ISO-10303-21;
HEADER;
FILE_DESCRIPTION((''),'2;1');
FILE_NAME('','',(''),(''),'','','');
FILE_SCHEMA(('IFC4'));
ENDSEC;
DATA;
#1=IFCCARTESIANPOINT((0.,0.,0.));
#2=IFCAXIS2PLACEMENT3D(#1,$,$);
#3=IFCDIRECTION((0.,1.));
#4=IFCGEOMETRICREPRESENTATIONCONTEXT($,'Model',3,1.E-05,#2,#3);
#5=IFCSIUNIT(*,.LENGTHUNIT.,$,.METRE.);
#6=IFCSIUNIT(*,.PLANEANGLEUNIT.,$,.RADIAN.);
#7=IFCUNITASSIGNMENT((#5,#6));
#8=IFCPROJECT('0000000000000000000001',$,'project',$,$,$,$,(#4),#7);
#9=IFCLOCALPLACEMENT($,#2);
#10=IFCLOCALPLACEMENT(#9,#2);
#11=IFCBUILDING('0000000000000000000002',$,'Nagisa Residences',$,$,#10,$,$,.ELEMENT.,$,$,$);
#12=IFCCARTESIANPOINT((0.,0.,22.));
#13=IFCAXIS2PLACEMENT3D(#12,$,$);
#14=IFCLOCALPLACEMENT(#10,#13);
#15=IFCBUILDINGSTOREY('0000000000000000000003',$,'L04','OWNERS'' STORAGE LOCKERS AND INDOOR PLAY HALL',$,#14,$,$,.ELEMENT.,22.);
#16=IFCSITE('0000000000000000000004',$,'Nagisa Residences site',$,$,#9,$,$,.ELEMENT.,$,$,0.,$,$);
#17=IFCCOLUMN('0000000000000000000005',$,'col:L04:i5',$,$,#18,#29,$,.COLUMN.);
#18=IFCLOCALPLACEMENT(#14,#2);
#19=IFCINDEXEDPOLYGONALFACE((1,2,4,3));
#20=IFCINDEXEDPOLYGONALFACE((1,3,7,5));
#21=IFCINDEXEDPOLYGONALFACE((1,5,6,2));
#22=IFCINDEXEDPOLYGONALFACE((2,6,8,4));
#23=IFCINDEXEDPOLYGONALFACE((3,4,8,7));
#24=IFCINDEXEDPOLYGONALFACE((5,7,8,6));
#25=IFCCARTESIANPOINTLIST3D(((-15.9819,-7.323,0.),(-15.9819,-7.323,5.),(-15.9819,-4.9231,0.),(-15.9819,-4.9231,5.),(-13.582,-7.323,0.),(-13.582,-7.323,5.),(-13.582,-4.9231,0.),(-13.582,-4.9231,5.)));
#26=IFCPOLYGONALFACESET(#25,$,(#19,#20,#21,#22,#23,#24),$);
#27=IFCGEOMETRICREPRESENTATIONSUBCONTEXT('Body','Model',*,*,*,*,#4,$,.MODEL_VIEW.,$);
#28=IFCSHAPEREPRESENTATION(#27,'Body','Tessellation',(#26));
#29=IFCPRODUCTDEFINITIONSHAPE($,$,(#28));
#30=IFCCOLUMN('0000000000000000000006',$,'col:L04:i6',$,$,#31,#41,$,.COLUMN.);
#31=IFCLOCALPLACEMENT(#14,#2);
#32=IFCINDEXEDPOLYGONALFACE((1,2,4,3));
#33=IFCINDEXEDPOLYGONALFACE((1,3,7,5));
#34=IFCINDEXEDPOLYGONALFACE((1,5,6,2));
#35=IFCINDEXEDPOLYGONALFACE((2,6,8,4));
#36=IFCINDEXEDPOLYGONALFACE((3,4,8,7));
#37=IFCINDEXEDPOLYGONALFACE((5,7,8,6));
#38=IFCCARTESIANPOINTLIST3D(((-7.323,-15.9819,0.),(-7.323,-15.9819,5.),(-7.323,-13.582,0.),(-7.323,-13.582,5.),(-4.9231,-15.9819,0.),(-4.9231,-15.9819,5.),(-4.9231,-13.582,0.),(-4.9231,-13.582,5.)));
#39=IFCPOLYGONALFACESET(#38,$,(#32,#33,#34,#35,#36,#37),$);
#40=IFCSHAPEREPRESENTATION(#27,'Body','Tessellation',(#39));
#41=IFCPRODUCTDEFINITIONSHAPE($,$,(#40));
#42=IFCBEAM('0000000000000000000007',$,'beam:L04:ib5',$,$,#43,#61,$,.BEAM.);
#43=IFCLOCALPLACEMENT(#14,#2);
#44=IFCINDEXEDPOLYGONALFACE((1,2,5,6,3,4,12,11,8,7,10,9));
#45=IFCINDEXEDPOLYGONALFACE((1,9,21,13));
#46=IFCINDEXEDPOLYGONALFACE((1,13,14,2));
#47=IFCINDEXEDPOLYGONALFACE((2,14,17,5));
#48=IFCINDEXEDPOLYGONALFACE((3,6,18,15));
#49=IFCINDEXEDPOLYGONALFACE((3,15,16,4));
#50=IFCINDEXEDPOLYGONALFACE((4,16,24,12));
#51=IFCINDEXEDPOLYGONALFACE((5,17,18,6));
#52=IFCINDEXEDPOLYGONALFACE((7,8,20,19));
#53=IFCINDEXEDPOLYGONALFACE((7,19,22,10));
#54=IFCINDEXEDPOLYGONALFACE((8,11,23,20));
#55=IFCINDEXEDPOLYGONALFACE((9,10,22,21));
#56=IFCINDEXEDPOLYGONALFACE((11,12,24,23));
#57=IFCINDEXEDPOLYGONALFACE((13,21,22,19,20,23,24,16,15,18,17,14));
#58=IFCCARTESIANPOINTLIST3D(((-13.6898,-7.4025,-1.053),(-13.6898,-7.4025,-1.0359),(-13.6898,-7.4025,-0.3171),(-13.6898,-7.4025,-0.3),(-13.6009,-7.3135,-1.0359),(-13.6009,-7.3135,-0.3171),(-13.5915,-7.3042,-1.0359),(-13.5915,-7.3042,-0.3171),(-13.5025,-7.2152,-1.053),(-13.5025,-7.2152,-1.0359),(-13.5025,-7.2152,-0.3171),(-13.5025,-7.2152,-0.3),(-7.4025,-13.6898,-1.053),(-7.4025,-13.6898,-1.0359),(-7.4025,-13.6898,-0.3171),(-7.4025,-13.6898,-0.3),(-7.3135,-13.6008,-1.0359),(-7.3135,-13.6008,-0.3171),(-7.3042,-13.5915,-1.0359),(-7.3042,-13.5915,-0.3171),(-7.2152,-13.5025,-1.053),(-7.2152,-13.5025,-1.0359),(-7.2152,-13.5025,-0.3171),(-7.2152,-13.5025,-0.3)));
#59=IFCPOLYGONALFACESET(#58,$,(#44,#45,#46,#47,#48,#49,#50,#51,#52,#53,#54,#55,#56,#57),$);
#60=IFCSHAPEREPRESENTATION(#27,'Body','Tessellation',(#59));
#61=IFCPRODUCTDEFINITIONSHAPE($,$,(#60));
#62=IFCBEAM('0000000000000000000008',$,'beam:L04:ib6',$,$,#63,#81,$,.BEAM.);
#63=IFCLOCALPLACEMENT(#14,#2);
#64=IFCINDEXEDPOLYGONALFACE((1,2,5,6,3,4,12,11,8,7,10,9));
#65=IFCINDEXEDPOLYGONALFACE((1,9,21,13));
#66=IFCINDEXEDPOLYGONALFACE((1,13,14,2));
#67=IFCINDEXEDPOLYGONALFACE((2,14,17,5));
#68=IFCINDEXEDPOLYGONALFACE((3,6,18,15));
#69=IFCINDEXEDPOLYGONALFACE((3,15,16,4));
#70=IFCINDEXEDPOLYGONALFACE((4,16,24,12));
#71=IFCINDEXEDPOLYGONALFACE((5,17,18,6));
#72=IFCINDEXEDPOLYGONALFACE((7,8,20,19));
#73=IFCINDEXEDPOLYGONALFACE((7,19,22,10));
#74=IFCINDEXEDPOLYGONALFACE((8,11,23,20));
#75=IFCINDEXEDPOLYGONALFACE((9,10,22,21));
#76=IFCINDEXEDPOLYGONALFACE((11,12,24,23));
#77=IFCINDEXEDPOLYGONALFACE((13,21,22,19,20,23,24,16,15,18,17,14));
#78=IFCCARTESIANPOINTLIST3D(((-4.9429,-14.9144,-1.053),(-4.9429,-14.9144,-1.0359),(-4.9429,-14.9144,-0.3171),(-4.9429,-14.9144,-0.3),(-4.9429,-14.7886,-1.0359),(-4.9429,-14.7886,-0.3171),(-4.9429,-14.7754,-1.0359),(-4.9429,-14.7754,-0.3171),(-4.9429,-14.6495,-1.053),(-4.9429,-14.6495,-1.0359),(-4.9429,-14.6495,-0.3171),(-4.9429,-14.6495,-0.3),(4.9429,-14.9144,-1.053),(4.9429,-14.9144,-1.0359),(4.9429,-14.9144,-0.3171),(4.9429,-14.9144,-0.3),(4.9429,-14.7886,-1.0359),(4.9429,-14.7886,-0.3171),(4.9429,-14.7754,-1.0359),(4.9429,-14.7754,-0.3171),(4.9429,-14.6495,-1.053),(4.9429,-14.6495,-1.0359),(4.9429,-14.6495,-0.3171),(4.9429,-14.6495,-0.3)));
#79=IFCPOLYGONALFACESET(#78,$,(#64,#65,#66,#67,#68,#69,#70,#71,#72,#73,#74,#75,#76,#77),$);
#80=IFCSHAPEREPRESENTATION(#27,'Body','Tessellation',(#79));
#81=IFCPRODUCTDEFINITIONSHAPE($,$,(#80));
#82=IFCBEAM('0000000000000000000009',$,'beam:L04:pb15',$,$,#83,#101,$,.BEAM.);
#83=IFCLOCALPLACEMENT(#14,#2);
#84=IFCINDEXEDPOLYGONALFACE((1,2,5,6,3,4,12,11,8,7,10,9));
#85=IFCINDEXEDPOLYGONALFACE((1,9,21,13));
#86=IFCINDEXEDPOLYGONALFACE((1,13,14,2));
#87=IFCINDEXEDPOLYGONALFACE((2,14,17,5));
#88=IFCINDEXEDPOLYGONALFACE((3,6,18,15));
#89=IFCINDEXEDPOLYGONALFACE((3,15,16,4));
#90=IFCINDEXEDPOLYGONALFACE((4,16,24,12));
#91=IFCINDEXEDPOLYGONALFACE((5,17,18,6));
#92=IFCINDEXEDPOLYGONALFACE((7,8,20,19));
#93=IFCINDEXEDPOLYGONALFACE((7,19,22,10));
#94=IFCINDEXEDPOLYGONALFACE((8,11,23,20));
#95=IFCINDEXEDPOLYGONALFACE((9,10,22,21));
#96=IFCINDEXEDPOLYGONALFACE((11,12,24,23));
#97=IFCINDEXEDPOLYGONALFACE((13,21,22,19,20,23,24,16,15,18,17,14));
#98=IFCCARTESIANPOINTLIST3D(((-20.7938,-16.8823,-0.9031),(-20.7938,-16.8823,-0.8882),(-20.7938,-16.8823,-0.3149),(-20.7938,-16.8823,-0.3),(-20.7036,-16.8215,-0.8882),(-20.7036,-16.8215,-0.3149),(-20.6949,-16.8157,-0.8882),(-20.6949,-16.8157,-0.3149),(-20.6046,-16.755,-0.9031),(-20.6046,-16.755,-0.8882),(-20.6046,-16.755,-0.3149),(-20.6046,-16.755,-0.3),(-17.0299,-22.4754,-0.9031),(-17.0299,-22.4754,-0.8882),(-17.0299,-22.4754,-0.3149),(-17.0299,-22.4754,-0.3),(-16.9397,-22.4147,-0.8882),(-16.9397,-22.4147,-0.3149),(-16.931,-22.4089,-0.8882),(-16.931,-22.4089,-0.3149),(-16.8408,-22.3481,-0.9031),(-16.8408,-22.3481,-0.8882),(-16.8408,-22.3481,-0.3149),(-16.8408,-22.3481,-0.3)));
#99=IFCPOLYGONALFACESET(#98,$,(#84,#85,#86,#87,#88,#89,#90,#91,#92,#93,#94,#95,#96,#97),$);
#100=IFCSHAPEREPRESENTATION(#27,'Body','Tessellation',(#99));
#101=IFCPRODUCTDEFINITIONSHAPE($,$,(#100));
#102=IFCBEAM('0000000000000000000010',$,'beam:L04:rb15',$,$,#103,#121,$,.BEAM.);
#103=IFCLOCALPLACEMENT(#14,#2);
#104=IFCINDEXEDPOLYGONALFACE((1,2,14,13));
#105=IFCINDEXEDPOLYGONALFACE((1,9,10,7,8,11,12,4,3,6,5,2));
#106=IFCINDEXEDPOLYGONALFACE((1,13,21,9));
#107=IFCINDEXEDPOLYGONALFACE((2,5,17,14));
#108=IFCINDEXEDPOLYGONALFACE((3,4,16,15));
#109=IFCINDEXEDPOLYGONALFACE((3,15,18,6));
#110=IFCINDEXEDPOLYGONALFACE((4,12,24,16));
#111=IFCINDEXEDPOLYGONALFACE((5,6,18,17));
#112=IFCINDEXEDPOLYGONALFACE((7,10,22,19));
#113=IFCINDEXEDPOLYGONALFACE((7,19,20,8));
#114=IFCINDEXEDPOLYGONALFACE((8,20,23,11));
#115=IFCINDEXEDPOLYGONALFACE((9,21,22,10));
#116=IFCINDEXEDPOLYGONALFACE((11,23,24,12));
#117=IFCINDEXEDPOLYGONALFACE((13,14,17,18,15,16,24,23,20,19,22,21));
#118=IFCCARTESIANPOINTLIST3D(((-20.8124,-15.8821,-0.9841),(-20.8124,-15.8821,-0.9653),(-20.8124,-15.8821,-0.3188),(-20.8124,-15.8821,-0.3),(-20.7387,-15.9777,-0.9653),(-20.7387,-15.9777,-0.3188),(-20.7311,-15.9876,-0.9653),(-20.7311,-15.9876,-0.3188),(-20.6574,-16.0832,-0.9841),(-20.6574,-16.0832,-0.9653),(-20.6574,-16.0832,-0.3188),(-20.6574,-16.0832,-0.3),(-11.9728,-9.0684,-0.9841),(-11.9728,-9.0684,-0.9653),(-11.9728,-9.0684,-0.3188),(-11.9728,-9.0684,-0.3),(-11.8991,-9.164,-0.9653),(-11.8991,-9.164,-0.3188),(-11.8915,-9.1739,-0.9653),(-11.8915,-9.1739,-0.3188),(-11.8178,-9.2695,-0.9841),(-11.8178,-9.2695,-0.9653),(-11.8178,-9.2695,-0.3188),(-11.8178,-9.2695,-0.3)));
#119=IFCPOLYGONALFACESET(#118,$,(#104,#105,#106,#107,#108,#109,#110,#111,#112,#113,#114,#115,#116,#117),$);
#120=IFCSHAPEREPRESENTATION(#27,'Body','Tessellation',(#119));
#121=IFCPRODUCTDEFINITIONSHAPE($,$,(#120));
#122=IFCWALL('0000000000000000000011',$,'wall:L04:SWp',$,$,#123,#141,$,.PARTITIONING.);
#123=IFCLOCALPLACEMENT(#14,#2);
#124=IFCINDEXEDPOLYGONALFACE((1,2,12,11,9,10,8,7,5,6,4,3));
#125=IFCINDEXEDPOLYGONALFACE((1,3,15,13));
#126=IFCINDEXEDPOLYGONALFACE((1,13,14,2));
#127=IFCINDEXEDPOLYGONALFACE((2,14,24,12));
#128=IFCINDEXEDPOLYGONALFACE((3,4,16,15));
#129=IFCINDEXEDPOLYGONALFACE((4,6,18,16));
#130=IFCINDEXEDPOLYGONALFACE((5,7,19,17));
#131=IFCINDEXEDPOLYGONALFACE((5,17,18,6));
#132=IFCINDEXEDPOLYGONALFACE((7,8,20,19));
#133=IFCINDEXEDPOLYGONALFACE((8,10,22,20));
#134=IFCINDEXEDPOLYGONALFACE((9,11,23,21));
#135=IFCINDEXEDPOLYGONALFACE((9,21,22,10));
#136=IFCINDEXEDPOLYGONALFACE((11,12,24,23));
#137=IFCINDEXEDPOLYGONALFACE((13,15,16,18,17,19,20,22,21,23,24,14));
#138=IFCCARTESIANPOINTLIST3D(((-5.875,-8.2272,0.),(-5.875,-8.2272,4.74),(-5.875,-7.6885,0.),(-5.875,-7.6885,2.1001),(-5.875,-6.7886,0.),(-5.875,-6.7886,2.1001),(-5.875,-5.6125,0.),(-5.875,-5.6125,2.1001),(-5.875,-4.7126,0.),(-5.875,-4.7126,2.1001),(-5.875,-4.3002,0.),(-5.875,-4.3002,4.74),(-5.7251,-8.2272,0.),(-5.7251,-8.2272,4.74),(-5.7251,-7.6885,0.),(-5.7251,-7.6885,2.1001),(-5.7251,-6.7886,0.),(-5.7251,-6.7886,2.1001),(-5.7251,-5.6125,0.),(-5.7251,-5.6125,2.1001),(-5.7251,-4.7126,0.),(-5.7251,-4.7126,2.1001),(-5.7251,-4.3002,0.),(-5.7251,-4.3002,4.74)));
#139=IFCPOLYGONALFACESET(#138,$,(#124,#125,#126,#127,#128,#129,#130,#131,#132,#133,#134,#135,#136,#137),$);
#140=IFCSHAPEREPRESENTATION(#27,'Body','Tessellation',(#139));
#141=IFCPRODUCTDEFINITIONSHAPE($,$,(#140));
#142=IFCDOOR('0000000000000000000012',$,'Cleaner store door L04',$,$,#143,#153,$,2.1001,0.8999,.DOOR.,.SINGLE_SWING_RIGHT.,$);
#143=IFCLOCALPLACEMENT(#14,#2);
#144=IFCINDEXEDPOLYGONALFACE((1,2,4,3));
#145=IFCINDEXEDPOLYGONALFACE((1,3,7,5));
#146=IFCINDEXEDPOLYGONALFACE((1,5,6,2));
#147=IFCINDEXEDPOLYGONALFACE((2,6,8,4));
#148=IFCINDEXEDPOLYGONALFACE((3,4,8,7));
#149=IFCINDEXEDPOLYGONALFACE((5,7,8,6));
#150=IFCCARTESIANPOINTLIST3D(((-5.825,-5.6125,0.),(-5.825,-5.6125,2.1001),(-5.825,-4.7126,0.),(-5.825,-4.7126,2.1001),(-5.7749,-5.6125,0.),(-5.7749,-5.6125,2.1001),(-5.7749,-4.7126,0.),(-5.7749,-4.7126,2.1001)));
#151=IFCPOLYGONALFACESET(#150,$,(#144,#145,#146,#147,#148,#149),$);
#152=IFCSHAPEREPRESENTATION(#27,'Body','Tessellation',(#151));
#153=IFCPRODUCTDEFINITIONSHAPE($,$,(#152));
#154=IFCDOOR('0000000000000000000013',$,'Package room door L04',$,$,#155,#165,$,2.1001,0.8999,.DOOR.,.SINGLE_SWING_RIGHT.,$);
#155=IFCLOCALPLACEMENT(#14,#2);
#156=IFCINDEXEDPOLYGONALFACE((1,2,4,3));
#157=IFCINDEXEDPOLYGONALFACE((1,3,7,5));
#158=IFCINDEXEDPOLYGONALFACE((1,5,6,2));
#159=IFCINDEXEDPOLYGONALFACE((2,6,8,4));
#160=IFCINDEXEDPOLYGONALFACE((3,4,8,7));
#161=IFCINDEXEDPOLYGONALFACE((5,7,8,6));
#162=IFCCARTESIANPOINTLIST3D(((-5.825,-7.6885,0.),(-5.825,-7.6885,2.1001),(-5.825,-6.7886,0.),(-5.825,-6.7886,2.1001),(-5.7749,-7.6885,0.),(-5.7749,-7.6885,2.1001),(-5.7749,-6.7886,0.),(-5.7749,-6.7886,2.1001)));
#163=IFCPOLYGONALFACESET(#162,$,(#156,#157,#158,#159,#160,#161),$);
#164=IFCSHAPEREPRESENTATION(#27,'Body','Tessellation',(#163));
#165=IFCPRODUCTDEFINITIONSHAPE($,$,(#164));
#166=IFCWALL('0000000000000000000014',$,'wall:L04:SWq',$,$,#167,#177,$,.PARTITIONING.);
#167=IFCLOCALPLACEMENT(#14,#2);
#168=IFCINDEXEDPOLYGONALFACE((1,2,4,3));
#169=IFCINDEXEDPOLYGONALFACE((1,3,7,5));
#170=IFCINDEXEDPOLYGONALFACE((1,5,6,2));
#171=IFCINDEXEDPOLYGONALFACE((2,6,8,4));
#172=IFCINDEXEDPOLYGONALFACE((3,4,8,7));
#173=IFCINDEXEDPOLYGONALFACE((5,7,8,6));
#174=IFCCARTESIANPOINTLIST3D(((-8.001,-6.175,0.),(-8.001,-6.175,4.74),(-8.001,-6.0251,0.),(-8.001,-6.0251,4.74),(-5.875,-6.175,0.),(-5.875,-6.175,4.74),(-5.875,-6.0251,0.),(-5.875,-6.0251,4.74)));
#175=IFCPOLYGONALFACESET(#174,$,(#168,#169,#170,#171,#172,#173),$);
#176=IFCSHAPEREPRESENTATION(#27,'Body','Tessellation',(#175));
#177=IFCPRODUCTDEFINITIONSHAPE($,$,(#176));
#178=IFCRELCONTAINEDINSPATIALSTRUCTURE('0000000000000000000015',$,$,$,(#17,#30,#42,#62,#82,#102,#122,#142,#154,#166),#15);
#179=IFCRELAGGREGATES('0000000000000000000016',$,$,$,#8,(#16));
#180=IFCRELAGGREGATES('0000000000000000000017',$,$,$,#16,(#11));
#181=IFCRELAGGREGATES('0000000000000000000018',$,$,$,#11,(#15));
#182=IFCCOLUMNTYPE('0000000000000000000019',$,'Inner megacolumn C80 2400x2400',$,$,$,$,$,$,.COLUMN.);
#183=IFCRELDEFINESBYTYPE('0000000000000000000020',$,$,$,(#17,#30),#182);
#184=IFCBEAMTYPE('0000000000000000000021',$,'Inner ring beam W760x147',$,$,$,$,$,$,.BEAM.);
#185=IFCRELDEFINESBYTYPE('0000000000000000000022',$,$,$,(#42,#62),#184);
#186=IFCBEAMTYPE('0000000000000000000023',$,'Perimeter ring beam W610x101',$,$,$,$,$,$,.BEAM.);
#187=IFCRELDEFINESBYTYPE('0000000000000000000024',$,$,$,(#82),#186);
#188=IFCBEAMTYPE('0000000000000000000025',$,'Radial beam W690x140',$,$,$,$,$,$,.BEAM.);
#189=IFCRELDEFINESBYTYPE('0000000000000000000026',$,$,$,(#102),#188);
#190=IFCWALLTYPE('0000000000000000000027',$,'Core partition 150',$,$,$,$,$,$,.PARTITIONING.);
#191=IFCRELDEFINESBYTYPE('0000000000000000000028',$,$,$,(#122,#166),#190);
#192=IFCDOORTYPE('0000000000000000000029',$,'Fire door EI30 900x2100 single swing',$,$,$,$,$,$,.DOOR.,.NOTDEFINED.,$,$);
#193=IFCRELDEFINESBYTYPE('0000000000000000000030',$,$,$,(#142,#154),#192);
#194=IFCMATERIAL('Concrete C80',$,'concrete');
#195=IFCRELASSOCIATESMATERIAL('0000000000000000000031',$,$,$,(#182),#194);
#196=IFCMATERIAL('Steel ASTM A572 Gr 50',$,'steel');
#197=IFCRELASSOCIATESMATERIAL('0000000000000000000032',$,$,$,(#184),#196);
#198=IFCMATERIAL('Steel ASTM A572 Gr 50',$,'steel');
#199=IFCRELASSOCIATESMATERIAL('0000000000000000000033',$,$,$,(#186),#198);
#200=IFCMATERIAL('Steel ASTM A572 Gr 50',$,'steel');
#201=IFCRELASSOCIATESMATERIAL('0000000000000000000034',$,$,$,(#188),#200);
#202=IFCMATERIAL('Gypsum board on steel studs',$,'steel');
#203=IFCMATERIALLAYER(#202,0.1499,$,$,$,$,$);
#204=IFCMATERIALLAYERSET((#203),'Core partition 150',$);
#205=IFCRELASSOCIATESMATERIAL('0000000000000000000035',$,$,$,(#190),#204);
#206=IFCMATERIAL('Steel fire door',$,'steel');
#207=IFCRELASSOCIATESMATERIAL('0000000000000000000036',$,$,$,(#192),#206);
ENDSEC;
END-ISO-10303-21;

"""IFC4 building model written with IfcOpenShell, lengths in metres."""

from ifc_helpers import new_model, si_unit, direction, frame, frame_2d, origin, origin_2d, place, context, subcontext, project, spatial, rectangle, i_section, extrude, material, layer, layer_set, material_profile, profile_set, type_object, element, fill, save


model = new_model("IFC4")

# Units and contexts
model_context = context("Model", 3, precision=1e-05, world=origin(), true_north=direction((0.0, 1.0)))
body_context = subcontext(model_context, "Body", "Model", "MODEL_VIEW")
ifc_project = project(units=[si_unit("LENGTHUNIT", "METRE"), si_unit("PLANEANGLEUNIT", "RADIAN")], contexts=[model_context])

# Site, building, storey
site_placement = place(None, origin())
site = spatial("IfcSite", under=ifc_project, at=site_placement, Name="Nagisa Residences site", CompositionType="ELEMENT", RefElevation=0.0)
building_placement = place(site_placement, origin())
building = spatial("IfcBuilding", under=site, at=building_placement, Name="Nagisa Residences", CompositionType="ELEMENT")
storey_placement = place(building_placement, frame((0.0, 0.0, 22.0)))
storey = spatial("IfcBuildingStorey", under=building, at=storey_placement, Name="L04", Description="OWNERS' STORAGE LOCKERS AND INDOOR PLAY HALL", CompositionType="ELEMENT", Elevation=22.0)

# Columns
ifc_material_1 = material(Name="Concrete C80", Category="concrete")
ifc_material_profile_1 = material_profile(ifc_material_1, rectangle(XDim=2.3999, YDim=2.3999, at=origin_2d()), Name="C80 2400x2400")
ifc_profile_set_1 = profile_set([ifc_material_profile_1], Name="Concrete C80")
column_type = type_object("IfcColumnType", Name="Inner megacolumn C80 2400x2400", PredefinedType="COLUMN", material=ifc_profile_set_1)
for number, where, z_axis, x_axis, name in (
    (1, (-14.782, -6.123, 0.0), (0.0, 0.0, 1.0), (1.0, 0.0, 0.0), "col:L04:i5"),
    (2, (-6.123, -14.782, 0.0), (0.0, 0.0, 1.0), (1.0, 0.0, 0.0), "col:L04:i6"),
):
    element("IfcColumn", number, at=place(storey_placement, frame(where, z_axis=z_axis, x_axis=x_axis)), inside=storey, type_object=column_type, Name=name, PredefinedType="COLUMN", context=body_context, shape_type="SweptSolid", body=[
        extrude(rectangle(XDim=2.3999, YDim=2.3999, at=origin_2d()), origin(), (0.0, 0.0, 1.0), 5.0),
    ])

# Beams
ifc_material_2 = material(Name="Steel ASTM A572 Gr 50", Category="steel")
ifc_material_profile_2 = material_profile(ifc_material_2, i_section(OverallWidth=0.2649, OverallDepth=0.7529, WebThickness=0.0132, FlangeThickness=0.0171, at=origin_2d()), Name="W760x147")
ifc_profile_set_2 = profile_set([ifc_material_profile_2], Name="Steel ASTM A572 Gr 50")
beam_type_1 = type_object("IfcBeamType", Name="Inner ring beam W760x147", PredefinedType="BEAM", material=ifc_profile_set_2)
beam_1_placement = place(storey_placement, frame((-13.5962, -7.3088, -0.6765), z_axis=(0.707107, -0.707107, 0.0), x_axis=(0.707107, 0.707107, 0.0)))
element("IfcBeam", 3, at=beam_1_placement, inside=storey, type_object=beam_type_1, Name="beam:L04:ib5", PredefinedType="BEAM", context=body_context, shape_type="SweptSolid", body=[
    extrude(i_section(OverallWidth=0.2649, OverallDepth=0.7529, WebThickness=0.0132, FlangeThickness=0.0171, at=origin_2d()), origin(), (0.0, 0.0, 1.0), 8.8916),
])
beam_2_placement = place(storey_placement, frame((-4.9429, -14.782, -0.6765), z_axis=(1.0, 0.0, 0.0), x_axis=(0.0, 1.0, 0.0)))
element("IfcBeam", 4, at=beam_2_placement, inside=storey, type_object=beam_type_1, Name="beam:L04:ib6", PredefinedType="BEAM", context=body_context, shape_type="SweptSolid", body=[
    extrude(i_section(OverallWidth=0.2649, OverallDepth=0.7529, WebThickness=0.0132, FlangeThickness=0.0171, at=origin_2d()), origin(), (0.0, 0.0, 1.0), 9.8857),
])
ifc_material_3 = material(Name="Steel ASTM A572 Gr 50", Category="steel")
ifc_material_profile_3 = material_profile(ifc_material_3, i_section(OverallWidth=0.228, OverallDepth=0.603, WebThickness=0.0105, FlangeThickness=0.0149, at=origin_2d()), Name="W610x101")
ifc_profile_set_3 = profile_set([ifc_material_profile_3], Name="Steel ASTM A572 Gr 50")
beam_type_2 = type_object("IfcBeamType", Name="Perimeter ring beam W610x101", PredefinedType="BEAM", material=ifc_profile_set_3)
beam_3_placement = place(storey_placement, frame((-20.6992, -16.8186, -0.6016), z_axis=(0.558297, -0.829641, 0.0), x_axis=(0.829641, 0.558297, 0.0)))
element("IfcBeam", 5, at=beam_3_placement, inside=storey, type_object=beam_type_2, Name="beam:L04:pb15", PredefinedType="BEAM", context=body_context, shape_type="SweptSolid", body=[
    extrude(i_section(OverallWidth=0.228, OverallDepth=0.603, WebThickness=0.0105, FlangeThickness=0.0149, at=origin_2d()), origin(), (0.0, 0.0, 1.0), 6.7417),
])
ifc_material_4 = material(Name="Steel ASTM A572 Gr 50", Category="steel")
ifc_material_profile_4 = material_profile(ifc_material_4, i_section(OverallWidth=0.2539, OverallDepth=0.6841, WebThickness=0.0125, FlangeThickness=0.0188, at=origin_2d()), Name="W690x140")
ifc_profile_set_4 = profile_set([ifc_material_profile_4], Name="Steel ASTM A572 Gr 50")
beam_type_3 = type_object("IfcBeamType", Name="Radial beam W690x140", PredefinedType="BEAM", material=ifc_profile_set_4)
beam_4_placement = place(storey_placement, frame((-20.7349, -15.9827, -0.6421), z_axis=(0.792016, 0.6105, 0.0), x_axis=(-0.6105, 0.792016, 0.0)))
element("IfcBeam", 6, at=beam_4_placement, inside=storey, type_object=beam_type_3, Name="beam:L04:rb15", PredefinedType="BEAM", context=body_context, shape_type="SweptSolid", body=[
    extrude(i_section(OverallWidth=0.2539, OverallDepth=0.6841, WebThickness=0.0125, FlangeThickness=0.0188, at=origin_2d()), origin(), (0.0, 0.0, 1.0), 11.1609),
])

# Wall, openings, doors
ifc_material_5 = material(Name="Gypsum board on steel studs", Category="steel")
ifc_layer_1 = layer(ifc_material_5, 0.1499)
ifc_layer_set_1 = layer_set([ifc_layer_1], Name="Core partition 150")
wall_type_1 = type_object("IfcWallType", Name="Core partition 150", PredefinedType="PARTITIONING", material=ifc_layer_set_1)
wall_1_placement = place(storey_placement, frame((-5.8, -8.2271, 0.0), z_axis=(0.0, 0.0, 1.0), x_axis=(0.0, 1.0, 0.0)))
wall_1 = element("IfcWall", 7, at=wall_1_placement, inside=storey, type_object=wall_type_1, Name="wall:L04:SWp", PredefinedType="PARTITIONING", context=body_context, shape_type="SweptSolid", body=[
    extrude(rectangle(XDim=3.927, YDim=0.1499, at=frame_2d((1.9634, 0.0))), origin(), (0.0, 0.0, 1.0), 4.74),
])
opening_1_placement = place(wall_1_placement, frame((2.6145, 0.0, 0.0)))
opening_1 = element("IfcOpeningElement", 8, at=opening_1_placement, cuts=wall_1, PredefinedType="OPENING", context=body_context, shape_type="SweptSolid", body=[
    extrude(rectangle(XDim=0.8999, YDim=2.1001, at=frame_2d((0.45, 1.05))), frame((0.0, 0.085, 0.0), z_axis=(0.0, -1.0, 0.0), x_axis=(1.0, 0.0, 0.0)), (0.0, 0.0, 1.0), 0.1699),
])
opening_2_placement = place(wall_1_placement, frame((0.5386, 0.0, 0.0)))
opening_2 = element("IfcOpeningElement", 9, at=opening_2_placement, cuts=wall_1, PredefinedType="OPENING", context=body_context, shape_type="SweptSolid", body=[
    extrude(rectangle(XDim=0.8999, YDim=2.1001, at=frame_2d((0.45, 1.05))), frame((0.0, 0.085, 0.0), z_axis=(0.0, -1.0, 0.0), x_axis=(1.0, 0.0, 0.0)), (0.0, 0.0, 1.0), 0.1699),
])
ifc_material_6 = material(Name="Steel fire door", Category="steel")
door_type_1 = type_object("IfcDoorType", Name="Fire door EI30 900x2100 single swing", OperationType="NOTDEFINED", PredefinedType="DOOR", material=ifc_material_6)
door_1_placement = place(opening_1_placement, origin())
door_1 = element("IfcDoor", 10, at=door_1_placement, inside=storey, type_object=door_type_1, Name="Cleaner store door L04", OperationType="SINGLE_SWING_RIGHT", OverallHeight=2.1001, OverallWidth=0.8999, PredefinedType="DOOR", context=body_context, shape_type="SweptSolid", body=[
    extrude(rectangle(XDim=0.8999, YDim=2.1001, at=frame_2d((0.45, 1.05))), frame((0.0, 0.0249, 0.0), z_axis=(0.0, -1.0, 0.0), x_axis=(1.0, 0.0, 0.0)), (0.0, 0.0, 1.0), 0.05),
])
fill(opening_1, door_1)
door_2_placement = place(opening_2_placement, origin())
door_2 = element("IfcDoor", 11, at=door_2_placement, inside=storey, type_object=door_type_1, Name="Package room door L04", OperationType="SINGLE_SWING_RIGHT", OverallHeight=2.1001, OverallWidth=0.8999, PredefinedType="DOOR", context=body_context, shape_type="SweptSolid", body=[
    extrude(rectangle(XDim=0.8999, YDim=2.1001, at=frame_2d((0.45, 1.05))), frame((0.0, 0.0249, 0.0), z_axis=(0.0, -1.0, 0.0), x_axis=(1.0, 0.0, 0.0)), (0.0, 0.0, 1.0), 0.05),
])
fill(opening_2, door_2)

# Wall
wall_2_placement = place(storey_placement, frame((-8.001, -6.1001, 0.0), z_axis=(0.0, 0.0, 1.0), x_axis=(1.0, 0.0, 0.0)))
element("IfcWall", 12, at=wall_2_placement, inside=storey, type_object=wall_type_1, Name="wall:L04:SWq", PredefinedType="PARTITIONING", context=body_context, shape_type="SweptSolid", body=[
    extrude(rectangle(XDim=2.126, YDim=0.1499, at=frame_2d((1.063, 0.0))), origin(), (0.0, 0.0, 1.0), 4.74),
])

save(model, "model.ifc")
